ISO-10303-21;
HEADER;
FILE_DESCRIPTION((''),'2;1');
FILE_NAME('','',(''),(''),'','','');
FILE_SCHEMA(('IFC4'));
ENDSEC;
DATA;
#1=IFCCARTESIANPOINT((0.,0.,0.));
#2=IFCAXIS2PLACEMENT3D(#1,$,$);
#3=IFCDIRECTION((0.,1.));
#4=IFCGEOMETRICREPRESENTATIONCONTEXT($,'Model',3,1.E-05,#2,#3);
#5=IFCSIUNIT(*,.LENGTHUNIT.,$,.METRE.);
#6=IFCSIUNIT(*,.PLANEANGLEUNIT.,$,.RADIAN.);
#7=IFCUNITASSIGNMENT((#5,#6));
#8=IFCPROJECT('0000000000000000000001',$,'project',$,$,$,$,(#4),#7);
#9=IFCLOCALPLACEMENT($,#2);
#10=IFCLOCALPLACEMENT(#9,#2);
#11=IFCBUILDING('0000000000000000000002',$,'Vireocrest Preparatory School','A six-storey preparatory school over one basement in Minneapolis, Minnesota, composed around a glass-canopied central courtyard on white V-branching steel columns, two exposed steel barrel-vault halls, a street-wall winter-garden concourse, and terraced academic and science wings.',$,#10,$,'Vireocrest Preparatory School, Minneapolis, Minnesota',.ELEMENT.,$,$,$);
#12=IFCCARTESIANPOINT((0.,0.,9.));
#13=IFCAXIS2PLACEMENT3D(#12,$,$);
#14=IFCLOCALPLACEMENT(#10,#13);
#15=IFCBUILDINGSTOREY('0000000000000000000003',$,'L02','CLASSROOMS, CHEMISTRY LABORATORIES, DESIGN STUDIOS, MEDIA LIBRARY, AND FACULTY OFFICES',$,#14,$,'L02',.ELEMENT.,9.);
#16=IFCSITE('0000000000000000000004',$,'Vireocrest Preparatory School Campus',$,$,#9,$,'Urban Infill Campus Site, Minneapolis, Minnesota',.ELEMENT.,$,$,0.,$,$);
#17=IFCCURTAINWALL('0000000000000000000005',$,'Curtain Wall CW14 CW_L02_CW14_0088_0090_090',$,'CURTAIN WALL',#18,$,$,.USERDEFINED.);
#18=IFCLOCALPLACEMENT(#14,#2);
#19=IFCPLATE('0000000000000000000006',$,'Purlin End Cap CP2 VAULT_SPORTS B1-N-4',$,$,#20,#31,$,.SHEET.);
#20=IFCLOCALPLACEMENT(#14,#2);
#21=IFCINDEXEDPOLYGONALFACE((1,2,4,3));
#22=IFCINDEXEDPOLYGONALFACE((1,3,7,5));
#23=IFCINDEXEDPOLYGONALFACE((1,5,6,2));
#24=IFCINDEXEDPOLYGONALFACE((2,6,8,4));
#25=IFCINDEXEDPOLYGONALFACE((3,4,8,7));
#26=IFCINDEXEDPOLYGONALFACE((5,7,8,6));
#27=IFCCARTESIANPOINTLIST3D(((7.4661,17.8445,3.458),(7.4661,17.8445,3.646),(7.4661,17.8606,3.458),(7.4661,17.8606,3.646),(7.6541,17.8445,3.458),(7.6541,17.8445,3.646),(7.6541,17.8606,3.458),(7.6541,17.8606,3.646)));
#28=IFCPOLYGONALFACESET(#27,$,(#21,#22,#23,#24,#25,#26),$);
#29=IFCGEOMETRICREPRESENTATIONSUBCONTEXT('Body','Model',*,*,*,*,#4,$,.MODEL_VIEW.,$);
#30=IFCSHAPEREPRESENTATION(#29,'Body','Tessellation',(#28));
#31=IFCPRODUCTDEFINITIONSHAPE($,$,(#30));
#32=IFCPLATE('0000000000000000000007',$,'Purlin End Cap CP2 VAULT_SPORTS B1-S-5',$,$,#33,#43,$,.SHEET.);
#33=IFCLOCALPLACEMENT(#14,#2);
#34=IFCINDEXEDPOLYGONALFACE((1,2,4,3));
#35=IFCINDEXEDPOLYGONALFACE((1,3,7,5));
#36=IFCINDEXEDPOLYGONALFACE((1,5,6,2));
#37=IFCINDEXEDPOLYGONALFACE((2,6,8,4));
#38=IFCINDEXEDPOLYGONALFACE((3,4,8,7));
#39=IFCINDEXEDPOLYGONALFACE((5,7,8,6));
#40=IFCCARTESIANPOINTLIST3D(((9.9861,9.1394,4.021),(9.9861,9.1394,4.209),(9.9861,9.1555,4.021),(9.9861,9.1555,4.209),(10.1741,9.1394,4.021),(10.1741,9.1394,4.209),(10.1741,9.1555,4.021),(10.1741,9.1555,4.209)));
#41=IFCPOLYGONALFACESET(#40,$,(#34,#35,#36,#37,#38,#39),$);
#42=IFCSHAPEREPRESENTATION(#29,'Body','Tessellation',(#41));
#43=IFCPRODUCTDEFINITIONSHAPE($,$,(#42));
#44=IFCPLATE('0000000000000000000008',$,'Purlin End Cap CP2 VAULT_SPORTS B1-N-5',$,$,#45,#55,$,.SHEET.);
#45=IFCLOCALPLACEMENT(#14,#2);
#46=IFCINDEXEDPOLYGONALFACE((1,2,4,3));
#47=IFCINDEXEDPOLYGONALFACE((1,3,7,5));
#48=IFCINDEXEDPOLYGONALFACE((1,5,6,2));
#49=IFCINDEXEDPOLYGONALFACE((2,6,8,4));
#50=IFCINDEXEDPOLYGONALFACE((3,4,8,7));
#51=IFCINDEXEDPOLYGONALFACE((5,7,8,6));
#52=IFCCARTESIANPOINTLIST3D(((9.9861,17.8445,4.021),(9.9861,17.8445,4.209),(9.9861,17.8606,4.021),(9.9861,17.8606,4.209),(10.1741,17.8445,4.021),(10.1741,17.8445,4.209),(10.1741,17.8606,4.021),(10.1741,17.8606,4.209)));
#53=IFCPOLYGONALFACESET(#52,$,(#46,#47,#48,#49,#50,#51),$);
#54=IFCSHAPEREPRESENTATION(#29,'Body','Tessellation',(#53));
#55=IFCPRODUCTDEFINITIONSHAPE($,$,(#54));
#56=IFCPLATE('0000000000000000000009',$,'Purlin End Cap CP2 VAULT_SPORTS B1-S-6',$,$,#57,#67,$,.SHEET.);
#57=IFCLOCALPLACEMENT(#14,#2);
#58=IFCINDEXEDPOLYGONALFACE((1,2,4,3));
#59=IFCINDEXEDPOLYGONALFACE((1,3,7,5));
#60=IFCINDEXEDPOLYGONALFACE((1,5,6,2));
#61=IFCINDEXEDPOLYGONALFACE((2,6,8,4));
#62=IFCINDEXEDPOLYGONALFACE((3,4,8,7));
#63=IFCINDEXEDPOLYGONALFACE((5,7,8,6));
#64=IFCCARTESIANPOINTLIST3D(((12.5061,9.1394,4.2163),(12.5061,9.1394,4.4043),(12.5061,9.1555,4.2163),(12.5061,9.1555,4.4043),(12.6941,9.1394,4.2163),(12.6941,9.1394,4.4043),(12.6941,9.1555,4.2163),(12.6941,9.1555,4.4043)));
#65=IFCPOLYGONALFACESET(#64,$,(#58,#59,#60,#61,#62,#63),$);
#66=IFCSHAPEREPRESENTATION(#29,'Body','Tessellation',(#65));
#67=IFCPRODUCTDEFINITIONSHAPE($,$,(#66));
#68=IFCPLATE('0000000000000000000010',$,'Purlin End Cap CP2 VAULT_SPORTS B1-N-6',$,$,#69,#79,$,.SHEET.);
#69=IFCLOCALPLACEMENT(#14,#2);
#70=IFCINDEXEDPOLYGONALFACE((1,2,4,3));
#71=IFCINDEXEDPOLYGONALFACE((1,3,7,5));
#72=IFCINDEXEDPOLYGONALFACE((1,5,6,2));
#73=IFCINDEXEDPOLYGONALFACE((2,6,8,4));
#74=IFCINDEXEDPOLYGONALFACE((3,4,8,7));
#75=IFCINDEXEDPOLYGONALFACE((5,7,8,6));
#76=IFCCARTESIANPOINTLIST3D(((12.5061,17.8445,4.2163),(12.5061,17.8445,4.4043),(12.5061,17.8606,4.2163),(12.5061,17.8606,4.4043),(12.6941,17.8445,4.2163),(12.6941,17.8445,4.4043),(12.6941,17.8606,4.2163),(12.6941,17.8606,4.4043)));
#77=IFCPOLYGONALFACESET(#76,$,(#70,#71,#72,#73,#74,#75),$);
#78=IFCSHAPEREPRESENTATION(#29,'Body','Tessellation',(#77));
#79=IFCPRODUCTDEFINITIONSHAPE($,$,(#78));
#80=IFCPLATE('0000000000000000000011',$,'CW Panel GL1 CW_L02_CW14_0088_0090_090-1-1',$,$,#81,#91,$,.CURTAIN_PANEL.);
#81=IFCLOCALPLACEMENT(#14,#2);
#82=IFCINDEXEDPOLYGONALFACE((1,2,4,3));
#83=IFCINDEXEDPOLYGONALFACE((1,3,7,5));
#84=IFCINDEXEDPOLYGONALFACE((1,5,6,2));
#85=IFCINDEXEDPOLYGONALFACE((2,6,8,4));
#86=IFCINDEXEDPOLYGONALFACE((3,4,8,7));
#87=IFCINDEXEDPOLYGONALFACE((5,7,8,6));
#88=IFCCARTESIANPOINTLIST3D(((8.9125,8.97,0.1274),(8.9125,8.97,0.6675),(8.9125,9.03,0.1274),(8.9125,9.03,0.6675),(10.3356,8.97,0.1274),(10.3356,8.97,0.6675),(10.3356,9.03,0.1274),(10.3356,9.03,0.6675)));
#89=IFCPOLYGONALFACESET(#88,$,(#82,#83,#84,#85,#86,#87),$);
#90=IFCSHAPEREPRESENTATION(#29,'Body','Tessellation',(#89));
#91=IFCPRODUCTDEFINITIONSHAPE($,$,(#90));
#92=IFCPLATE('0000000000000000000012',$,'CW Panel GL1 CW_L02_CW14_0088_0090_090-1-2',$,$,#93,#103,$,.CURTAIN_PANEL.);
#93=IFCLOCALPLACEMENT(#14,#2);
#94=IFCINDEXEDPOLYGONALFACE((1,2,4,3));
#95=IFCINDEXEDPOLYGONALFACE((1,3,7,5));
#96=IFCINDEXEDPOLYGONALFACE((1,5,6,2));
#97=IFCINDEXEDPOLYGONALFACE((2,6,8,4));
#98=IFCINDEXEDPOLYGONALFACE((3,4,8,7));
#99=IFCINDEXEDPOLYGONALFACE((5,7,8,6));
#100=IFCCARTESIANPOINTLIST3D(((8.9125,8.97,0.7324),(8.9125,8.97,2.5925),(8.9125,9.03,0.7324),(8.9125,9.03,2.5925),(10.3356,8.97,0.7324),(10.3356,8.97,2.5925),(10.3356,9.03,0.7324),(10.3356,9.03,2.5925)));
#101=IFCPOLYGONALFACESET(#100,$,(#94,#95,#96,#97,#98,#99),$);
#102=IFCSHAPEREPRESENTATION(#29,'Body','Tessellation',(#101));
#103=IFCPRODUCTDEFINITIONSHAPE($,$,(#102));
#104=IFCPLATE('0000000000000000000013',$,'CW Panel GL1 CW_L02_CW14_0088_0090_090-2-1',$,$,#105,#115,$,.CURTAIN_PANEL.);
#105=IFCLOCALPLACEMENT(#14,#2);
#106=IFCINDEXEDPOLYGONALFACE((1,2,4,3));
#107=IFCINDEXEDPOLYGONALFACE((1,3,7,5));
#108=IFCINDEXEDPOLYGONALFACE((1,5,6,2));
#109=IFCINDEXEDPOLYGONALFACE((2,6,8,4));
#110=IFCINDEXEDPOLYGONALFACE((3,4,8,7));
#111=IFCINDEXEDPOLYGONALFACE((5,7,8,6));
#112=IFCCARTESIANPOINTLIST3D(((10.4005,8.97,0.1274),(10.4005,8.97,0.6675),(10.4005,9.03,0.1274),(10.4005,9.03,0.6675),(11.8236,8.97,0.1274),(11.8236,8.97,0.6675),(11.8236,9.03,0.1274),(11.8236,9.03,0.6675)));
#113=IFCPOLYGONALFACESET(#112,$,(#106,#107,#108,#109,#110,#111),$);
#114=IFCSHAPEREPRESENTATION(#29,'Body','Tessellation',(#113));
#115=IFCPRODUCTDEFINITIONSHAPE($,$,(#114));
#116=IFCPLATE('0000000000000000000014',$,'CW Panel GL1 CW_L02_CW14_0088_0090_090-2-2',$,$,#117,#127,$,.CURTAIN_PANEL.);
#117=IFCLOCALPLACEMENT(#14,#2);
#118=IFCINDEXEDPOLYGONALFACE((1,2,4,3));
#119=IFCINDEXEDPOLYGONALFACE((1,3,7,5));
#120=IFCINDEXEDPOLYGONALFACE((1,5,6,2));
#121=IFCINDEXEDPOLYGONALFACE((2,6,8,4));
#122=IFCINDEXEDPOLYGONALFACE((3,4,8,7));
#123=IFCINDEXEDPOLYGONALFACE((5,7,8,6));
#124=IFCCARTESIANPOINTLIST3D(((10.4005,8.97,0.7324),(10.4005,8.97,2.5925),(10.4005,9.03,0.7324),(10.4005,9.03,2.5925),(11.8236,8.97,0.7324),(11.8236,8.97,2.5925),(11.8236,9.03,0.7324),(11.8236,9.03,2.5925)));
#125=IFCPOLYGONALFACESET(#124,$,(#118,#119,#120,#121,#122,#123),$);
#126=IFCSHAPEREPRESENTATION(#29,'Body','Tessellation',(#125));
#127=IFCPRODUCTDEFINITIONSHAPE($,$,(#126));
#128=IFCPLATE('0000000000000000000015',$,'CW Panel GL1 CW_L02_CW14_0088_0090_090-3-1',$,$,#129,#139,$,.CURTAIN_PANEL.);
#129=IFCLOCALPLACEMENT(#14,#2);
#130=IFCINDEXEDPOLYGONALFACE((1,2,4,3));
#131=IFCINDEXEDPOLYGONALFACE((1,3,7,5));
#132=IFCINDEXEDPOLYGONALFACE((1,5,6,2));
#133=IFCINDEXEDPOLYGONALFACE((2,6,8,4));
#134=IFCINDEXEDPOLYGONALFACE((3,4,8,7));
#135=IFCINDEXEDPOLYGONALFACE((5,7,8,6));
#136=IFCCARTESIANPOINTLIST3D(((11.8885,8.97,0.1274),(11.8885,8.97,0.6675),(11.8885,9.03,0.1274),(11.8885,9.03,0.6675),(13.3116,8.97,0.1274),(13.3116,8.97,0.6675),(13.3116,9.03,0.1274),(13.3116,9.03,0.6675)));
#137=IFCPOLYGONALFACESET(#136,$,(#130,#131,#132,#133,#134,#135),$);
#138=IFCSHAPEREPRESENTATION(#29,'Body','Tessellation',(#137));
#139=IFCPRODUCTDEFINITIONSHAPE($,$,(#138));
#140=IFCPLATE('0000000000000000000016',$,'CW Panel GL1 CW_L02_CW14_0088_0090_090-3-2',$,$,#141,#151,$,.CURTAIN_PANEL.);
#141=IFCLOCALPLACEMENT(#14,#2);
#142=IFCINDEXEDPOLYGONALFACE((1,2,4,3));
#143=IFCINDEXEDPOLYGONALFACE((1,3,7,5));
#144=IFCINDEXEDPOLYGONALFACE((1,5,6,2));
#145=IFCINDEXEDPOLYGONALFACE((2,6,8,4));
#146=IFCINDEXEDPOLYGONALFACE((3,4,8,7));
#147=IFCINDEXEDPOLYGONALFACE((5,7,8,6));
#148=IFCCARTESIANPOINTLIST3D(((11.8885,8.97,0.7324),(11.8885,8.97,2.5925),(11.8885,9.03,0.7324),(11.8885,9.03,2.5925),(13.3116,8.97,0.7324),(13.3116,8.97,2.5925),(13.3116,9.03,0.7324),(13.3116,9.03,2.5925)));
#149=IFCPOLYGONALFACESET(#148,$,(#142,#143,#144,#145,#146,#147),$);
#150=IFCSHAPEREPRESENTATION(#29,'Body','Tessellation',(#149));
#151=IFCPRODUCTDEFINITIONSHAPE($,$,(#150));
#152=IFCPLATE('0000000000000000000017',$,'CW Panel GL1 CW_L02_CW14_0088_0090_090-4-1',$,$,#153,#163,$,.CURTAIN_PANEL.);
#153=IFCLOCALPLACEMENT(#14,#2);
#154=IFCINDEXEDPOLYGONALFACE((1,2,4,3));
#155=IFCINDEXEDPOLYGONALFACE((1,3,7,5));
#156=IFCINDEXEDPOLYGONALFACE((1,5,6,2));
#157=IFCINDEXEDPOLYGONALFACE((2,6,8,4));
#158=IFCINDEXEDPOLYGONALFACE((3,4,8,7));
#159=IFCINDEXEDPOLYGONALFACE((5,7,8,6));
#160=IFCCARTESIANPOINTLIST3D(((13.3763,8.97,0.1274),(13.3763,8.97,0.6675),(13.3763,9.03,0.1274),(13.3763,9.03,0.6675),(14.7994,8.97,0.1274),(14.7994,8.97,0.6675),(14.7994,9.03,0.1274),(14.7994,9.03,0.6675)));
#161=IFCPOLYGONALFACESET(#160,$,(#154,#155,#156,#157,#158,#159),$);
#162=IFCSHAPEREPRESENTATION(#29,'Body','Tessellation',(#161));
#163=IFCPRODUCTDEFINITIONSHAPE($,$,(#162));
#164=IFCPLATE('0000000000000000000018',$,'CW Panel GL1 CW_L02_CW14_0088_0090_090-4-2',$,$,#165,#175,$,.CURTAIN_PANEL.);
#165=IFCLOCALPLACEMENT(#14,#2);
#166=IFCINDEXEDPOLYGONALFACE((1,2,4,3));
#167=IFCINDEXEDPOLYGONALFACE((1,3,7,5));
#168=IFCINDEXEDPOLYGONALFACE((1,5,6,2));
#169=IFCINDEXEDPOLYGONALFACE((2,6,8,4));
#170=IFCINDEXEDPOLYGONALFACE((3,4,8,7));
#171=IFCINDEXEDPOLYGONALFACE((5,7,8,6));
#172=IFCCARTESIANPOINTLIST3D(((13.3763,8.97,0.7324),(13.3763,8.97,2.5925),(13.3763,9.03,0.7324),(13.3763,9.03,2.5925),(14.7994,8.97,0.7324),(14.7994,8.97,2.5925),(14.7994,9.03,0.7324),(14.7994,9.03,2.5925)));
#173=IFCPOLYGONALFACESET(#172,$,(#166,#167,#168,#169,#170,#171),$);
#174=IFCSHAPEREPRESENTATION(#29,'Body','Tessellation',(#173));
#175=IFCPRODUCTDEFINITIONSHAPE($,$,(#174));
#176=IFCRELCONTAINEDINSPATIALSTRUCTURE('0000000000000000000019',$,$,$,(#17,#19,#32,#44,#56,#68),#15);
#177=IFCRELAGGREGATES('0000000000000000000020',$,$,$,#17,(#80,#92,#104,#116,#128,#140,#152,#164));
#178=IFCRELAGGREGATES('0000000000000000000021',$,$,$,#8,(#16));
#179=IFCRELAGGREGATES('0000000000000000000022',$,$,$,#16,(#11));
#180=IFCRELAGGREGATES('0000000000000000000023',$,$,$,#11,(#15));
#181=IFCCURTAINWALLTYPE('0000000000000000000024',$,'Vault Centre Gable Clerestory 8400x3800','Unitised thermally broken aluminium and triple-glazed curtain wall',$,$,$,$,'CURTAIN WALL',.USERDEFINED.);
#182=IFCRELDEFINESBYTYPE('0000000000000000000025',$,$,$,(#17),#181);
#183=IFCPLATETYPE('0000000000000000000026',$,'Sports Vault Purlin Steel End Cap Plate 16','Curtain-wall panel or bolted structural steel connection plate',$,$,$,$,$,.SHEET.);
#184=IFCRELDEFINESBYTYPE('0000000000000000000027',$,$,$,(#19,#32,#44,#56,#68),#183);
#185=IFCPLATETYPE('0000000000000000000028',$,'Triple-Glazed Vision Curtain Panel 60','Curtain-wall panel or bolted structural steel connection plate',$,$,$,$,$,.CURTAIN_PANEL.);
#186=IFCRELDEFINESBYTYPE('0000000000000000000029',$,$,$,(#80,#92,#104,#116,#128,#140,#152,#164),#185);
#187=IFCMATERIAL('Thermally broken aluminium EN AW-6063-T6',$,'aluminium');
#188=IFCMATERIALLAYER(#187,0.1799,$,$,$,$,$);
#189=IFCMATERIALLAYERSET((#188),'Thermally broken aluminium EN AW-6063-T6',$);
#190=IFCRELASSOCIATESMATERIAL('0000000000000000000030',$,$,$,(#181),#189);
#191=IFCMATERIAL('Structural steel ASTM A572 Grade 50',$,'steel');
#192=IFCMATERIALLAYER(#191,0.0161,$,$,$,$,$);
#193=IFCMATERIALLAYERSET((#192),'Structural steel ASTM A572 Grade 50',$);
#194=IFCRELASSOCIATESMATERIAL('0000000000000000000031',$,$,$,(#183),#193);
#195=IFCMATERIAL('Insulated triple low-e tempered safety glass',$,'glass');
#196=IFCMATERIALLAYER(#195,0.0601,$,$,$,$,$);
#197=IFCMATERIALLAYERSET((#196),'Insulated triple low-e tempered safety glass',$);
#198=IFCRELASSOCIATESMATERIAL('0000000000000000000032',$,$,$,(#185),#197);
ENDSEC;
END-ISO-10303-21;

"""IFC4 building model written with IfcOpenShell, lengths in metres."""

from ifc_helpers import new_model, si_unit, direction, frame, origin, origin_2d, place, context, subcontext, project, spatial, rectangle, extrude, material, layer, layer_set, type_object, element, aggregate, save


model = new_model("IFC4")

# Units and contexts
model_context = context("Model", 3, precision=1e-05, world=origin(), true_north=direction((0.0, 1.0)))
body_context = subcontext(model_context, "Body", "Model", "MODEL_VIEW")
ifc_project = project(units=[si_unit("LENGTHUNIT", "METRE"), si_unit("PLANEANGLEUNIT", "RADIAN")], contexts=[model_context])

# Site, building, storey
site_placement = place(None, origin())
site = spatial("IfcSite", under=ifc_project, at=site_placement, Name="Vireocrest Preparatory School Campus", LongName="Urban Infill Campus Site, Minneapolis, Minnesota", CompositionType="ELEMENT", RefElevation=0.0)
building_placement = place(site_placement, origin())
building = spatial("IfcBuilding", under=site, at=building_placement, Name="Vireocrest Preparatory School", Description="A six-storey preparatory school over one basement in Minneapolis, Minnesota, composed around a glass-canopied central courtyard on white V-branching steel columns, two exposed steel barrel-vault halls, a street-wall winter-garden concourse, and terraced academic and science wings.", LongName="Vireocrest Preparatory School, Minneapolis, Minnesota", CompositionType="ELEMENT")
storey_placement = place(building_placement, frame((0.0, 0.0, 9.0)))
storey = spatial("IfcBuildingStorey", under=building, at=storey_placement, Name="L02", Description="CLASSROOMS, CHEMISTRY LABORATORIES, DESIGN STUDIOS, MEDIA LIBRARY, AND FACULTY OFFICES", LongName="L02", CompositionType="ELEMENT", Elevation=9.0)

# Shared definitions
ifc_material_1 = material(Name="Thermally broken aluminium EN AW-6063-T6", Category="aluminium")

# Curtain wall
ifc_layer_1 = layer(ifc_material_1, 0.1799)
ifc_layer_set_1 = layer_set([ifc_layer_1], Name="Thermally broken aluminium EN AW-6063-T6")
curtain_wall_type_1 = type_object("IfcCurtainWallType", Name="Vault Centre Gable Clerestory 8400x3800", Description="Unitised thermally broken aluminium and triple-glazed curtain wall", ElementType="CURTAIN WALL", PredefinedType="USERDEFINED", material=ifc_layer_set_1)
curtain_wall_1_placement = place(storey_placement, origin())
curtain_wall_1 = element("IfcCurtainWall", 1, at=curtain_wall_1_placement, inside=storey, type_object=curtain_wall_type_1, Name="Curtain Wall CW14 CW_L02_CW14_0088_0090_090", ObjectType="CURTAIN WALL", PredefinedType="USERDEFINED")

# Plates
ifc_material_2 = material(Name="Structural steel ASTM A572 Grade 50", Category="steel")
ifc_layer_2 = layer(ifc_material_2, 0.0161)
ifc_layer_set_2 = layer_set([ifc_layer_2], Name="Structural steel ASTM A572 Grade 50")
plate_type_1 = type_object("IfcPlateType", Name="Sports Vault Purlin Steel End Cap Plate 16", Description="Curtain-wall panel or bolted structural steel connection plate", PredefinedType="SHEET", material=ifc_layer_set_2)
for number, where, z_axis, x_axis, name in (
    (2, (7.5601, 17.8525, 3.458), (0.0, 0.0, 1.0), (1.0, 0.0, 0.0), "Purlin End Cap CP2 VAULT_SPORTS B1-N-4"),
    (3, (10.0801, 9.1475, 4.021), (0.0, 0.0, 1.0), (1.0, 0.0, 0.0), "Purlin End Cap CP2 VAULT_SPORTS B1-S-5"),
    (4, (10.0801, 17.8525, 4.021), (0.0, 0.0, 1.0), (1.0, 0.0, 0.0), "Purlin End Cap CP2 VAULT_SPORTS B1-N-5"),
    (5, (12.6001, 9.1475, 4.2163), (0.0, 0.0, 1.0), (1.0, 0.0, 0.0), "Purlin End Cap CP2 VAULT_SPORTS B1-S-6"),
    (6, (12.6001, 17.8525, 4.2163), (0.0, 0.0, 1.0), (1.0, 0.0, 0.0), "Purlin End Cap CP2 VAULT_SPORTS B1-N-6"),
):
    element("IfcPlate", number, at=place(storey_placement, frame(where, z_axis=z_axis, x_axis=x_axis)), inside=storey, type_object=plate_type_1, Name=name, PredefinedType="SHEET", context=body_context, shape_type="SweptSolid", body=[
        extrude(rectangle(XDim=0.188, YDim=0.0161, at=origin_2d()), origin(), (0.0, 0.0, 1.0), 0.188),
    ])

# Plates
ifc_material_3 = material(Name="Insulated triple low-e tempered safety glass", Category="glass")
ifc_layer_3 = layer(ifc_material_3, 0.0601)
ifc_layer_set_3 = layer_set([ifc_layer_3], Name="Insulated triple low-e tempered safety glass")
plate_type_2 = type_object("IfcPlateType", Name="Triple-Glazed Vision Curtain Panel 60", Description="Curtain-wall panel or bolted structural steel connection plate", PredefinedType="CURTAIN_PANEL", material=ifc_layer_set_3)
plate_1_placement = place(storey_placement, frame((9.624, 9.0, 0.1274), z_axis=(0.0, 0.0, 1.0), x_axis=(1.0, 0.0, 0.0)))
plate_1 = element("IfcPlate", 7, at=plate_1_placement, type_object=plate_type_2, Name="CW Panel GL1 CW_L02_CW14_0088_0090_090-1-1", PredefinedType="CURTAIN_PANEL", context=body_context, shape_type="SweptSolid", body=[
    extrude(rectangle(XDim=1.4231, YDim=0.0601, at=origin_2d()), origin(), (0.0, 0.0, 1.0), 0.54),
])
plate_2_placement = place(storey_placement, frame((9.624, 9.0, 0.7324), z_axis=(0.0, 0.0, 1.0), x_axis=(1.0, 0.0, 0.0)))
plate_2 = element("IfcPlate", 8, at=plate_2_placement, type_object=plate_type_2, Name="CW Panel GL1 CW_L02_CW14_0088_0090_090-1-2", PredefinedType="CURTAIN_PANEL", context=body_context, shape_type="SweptSolid", body=[
    extrude(rectangle(XDim=1.4231, YDim=0.0601, at=origin_2d()), origin(), (0.0, 0.0, 1.0), 1.8601),
])
plate_3_placement = place(storey_placement, frame((11.1121, 9.0, 0.1274), z_axis=(0.0, 0.0, 1.0), x_axis=(1.0, 0.0, 0.0)))
plate_3 = element("IfcPlate", 9, at=plate_3_placement, type_object=plate_type_2, Name="CW Panel GL1 CW_L02_CW14_0088_0090_090-2-1", PredefinedType="CURTAIN_PANEL", context=body_context, shape_type="SweptSolid", body=[
    extrude(rectangle(XDim=1.4231, YDim=0.0601, at=origin_2d()), origin(), (0.0, 0.0, 1.0), 0.54),
])
plate_4_placement = place(storey_placement, frame((11.1121, 9.0, 0.7324), z_axis=(0.0, 0.0, 1.0), x_axis=(1.0, 0.0, 0.0)))
plate_4 = element("IfcPlate", 10, at=plate_4_placement, type_object=plate_type_2, Name="CW Panel GL1 CW_L02_CW14_0088_0090_090-2-2", PredefinedType="CURTAIN_PANEL", context=body_context, shape_type="SweptSolid", body=[
    extrude(rectangle(XDim=1.4231, YDim=0.0601, at=origin_2d()), origin(), (0.0, 0.0, 1.0), 1.8601),
])
plate_5_placement = place(storey_placement, frame((12.6001, 9.0, 0.1274), z_axis=(0.0, 0.0, 1.0), x_axis=(1.0, 0.0, 0.0)))
plate_5 = element("IfcPlate", 11, at=plate_5_placement, type_object=plate_type_2, Name="CW Panel GL1 CW_L02_CW14_0088_0090_090-3-1", PredefinedType="CURTAIN_PANEL", context=body_context, shape_type="SweptSolid", body=[
    extrude(rectangle(XDim=1.4231, YDim=0.0601, at=origin_2d()), origin(), (0.0, 0.0, 1.0), 0.54),
])
plate_6_placement = place(storey_placement, frame((12.6001, 9.0, 0.7324), z_axis=(0.0, 0.0, 1.0), x_axis=(1.0, 0.0, 0.0)))
plate_6 = element("IfcPlate", 12, at=plate_6_placement, type_object=plate_type_2, Name="CW Panel GL1 CW_L02_CW14_0088_0090_090-3-2", PredefinedType="CURTAIN_PANEL", context=body_context, shape_type="SweptSolid", body=[
    extrude(rectangle(XDim=1.4231, YDim=0.0601, at=origin_2d()), origin(), (0.0, 0.0, 1.0), 1.8601),
])
plate_7_placement = place(storey_placement, frame((14.0879, 9.0, 0.1274), z_axis=(0.0, 0.0, 1.0), x_axis=(1.0, 0.0, 0.0)))
plate_7 = element("IfcPlate", 13, at=plate_7_placement, type_object=plate_type_2, Name="CW Panel GL1 CW_L02_CW14_0088_0090_090-4-1", PredefinedType="CURTAIN_PANEL", context=body_context, shape_type="SweptSolid", body=[
    extrude(rectangle(XDim=1.4231, YDim=0.0601, at=origin_2d()), origin(), (0.0, 0.0, 1.0), 0.54),
])
plate_8_placement = place(storey_placement, frame((14.0879, 9.0, 0.7324), z_axis=(0.0, 0.0, 1.0), x_axis=(1.0, 0.0, 0.0)))
plate_8 = element("IfcPlate", 14, at=plate_8_placement, type_object=plate_type_2, Name="CW Panel GL1 CW_L02_CW14_0088_0090_090-4-2", PredefinedType="CURTAIN_PANEL", context=body_context, shape_type="SweptSolid", body=[
    extrude(rectangle(XDim=1.4231, YDim=0.0601, at=origin_2d()), origin(), (0.0, 0.0, 1.0), 1.8601),
])
aggregate(curtain_wall_1, [plate_1, plate_2, plate_3, plate_4, plate_5, plate_6, plate_7, plate_8])

save(model, "model.ifc")
